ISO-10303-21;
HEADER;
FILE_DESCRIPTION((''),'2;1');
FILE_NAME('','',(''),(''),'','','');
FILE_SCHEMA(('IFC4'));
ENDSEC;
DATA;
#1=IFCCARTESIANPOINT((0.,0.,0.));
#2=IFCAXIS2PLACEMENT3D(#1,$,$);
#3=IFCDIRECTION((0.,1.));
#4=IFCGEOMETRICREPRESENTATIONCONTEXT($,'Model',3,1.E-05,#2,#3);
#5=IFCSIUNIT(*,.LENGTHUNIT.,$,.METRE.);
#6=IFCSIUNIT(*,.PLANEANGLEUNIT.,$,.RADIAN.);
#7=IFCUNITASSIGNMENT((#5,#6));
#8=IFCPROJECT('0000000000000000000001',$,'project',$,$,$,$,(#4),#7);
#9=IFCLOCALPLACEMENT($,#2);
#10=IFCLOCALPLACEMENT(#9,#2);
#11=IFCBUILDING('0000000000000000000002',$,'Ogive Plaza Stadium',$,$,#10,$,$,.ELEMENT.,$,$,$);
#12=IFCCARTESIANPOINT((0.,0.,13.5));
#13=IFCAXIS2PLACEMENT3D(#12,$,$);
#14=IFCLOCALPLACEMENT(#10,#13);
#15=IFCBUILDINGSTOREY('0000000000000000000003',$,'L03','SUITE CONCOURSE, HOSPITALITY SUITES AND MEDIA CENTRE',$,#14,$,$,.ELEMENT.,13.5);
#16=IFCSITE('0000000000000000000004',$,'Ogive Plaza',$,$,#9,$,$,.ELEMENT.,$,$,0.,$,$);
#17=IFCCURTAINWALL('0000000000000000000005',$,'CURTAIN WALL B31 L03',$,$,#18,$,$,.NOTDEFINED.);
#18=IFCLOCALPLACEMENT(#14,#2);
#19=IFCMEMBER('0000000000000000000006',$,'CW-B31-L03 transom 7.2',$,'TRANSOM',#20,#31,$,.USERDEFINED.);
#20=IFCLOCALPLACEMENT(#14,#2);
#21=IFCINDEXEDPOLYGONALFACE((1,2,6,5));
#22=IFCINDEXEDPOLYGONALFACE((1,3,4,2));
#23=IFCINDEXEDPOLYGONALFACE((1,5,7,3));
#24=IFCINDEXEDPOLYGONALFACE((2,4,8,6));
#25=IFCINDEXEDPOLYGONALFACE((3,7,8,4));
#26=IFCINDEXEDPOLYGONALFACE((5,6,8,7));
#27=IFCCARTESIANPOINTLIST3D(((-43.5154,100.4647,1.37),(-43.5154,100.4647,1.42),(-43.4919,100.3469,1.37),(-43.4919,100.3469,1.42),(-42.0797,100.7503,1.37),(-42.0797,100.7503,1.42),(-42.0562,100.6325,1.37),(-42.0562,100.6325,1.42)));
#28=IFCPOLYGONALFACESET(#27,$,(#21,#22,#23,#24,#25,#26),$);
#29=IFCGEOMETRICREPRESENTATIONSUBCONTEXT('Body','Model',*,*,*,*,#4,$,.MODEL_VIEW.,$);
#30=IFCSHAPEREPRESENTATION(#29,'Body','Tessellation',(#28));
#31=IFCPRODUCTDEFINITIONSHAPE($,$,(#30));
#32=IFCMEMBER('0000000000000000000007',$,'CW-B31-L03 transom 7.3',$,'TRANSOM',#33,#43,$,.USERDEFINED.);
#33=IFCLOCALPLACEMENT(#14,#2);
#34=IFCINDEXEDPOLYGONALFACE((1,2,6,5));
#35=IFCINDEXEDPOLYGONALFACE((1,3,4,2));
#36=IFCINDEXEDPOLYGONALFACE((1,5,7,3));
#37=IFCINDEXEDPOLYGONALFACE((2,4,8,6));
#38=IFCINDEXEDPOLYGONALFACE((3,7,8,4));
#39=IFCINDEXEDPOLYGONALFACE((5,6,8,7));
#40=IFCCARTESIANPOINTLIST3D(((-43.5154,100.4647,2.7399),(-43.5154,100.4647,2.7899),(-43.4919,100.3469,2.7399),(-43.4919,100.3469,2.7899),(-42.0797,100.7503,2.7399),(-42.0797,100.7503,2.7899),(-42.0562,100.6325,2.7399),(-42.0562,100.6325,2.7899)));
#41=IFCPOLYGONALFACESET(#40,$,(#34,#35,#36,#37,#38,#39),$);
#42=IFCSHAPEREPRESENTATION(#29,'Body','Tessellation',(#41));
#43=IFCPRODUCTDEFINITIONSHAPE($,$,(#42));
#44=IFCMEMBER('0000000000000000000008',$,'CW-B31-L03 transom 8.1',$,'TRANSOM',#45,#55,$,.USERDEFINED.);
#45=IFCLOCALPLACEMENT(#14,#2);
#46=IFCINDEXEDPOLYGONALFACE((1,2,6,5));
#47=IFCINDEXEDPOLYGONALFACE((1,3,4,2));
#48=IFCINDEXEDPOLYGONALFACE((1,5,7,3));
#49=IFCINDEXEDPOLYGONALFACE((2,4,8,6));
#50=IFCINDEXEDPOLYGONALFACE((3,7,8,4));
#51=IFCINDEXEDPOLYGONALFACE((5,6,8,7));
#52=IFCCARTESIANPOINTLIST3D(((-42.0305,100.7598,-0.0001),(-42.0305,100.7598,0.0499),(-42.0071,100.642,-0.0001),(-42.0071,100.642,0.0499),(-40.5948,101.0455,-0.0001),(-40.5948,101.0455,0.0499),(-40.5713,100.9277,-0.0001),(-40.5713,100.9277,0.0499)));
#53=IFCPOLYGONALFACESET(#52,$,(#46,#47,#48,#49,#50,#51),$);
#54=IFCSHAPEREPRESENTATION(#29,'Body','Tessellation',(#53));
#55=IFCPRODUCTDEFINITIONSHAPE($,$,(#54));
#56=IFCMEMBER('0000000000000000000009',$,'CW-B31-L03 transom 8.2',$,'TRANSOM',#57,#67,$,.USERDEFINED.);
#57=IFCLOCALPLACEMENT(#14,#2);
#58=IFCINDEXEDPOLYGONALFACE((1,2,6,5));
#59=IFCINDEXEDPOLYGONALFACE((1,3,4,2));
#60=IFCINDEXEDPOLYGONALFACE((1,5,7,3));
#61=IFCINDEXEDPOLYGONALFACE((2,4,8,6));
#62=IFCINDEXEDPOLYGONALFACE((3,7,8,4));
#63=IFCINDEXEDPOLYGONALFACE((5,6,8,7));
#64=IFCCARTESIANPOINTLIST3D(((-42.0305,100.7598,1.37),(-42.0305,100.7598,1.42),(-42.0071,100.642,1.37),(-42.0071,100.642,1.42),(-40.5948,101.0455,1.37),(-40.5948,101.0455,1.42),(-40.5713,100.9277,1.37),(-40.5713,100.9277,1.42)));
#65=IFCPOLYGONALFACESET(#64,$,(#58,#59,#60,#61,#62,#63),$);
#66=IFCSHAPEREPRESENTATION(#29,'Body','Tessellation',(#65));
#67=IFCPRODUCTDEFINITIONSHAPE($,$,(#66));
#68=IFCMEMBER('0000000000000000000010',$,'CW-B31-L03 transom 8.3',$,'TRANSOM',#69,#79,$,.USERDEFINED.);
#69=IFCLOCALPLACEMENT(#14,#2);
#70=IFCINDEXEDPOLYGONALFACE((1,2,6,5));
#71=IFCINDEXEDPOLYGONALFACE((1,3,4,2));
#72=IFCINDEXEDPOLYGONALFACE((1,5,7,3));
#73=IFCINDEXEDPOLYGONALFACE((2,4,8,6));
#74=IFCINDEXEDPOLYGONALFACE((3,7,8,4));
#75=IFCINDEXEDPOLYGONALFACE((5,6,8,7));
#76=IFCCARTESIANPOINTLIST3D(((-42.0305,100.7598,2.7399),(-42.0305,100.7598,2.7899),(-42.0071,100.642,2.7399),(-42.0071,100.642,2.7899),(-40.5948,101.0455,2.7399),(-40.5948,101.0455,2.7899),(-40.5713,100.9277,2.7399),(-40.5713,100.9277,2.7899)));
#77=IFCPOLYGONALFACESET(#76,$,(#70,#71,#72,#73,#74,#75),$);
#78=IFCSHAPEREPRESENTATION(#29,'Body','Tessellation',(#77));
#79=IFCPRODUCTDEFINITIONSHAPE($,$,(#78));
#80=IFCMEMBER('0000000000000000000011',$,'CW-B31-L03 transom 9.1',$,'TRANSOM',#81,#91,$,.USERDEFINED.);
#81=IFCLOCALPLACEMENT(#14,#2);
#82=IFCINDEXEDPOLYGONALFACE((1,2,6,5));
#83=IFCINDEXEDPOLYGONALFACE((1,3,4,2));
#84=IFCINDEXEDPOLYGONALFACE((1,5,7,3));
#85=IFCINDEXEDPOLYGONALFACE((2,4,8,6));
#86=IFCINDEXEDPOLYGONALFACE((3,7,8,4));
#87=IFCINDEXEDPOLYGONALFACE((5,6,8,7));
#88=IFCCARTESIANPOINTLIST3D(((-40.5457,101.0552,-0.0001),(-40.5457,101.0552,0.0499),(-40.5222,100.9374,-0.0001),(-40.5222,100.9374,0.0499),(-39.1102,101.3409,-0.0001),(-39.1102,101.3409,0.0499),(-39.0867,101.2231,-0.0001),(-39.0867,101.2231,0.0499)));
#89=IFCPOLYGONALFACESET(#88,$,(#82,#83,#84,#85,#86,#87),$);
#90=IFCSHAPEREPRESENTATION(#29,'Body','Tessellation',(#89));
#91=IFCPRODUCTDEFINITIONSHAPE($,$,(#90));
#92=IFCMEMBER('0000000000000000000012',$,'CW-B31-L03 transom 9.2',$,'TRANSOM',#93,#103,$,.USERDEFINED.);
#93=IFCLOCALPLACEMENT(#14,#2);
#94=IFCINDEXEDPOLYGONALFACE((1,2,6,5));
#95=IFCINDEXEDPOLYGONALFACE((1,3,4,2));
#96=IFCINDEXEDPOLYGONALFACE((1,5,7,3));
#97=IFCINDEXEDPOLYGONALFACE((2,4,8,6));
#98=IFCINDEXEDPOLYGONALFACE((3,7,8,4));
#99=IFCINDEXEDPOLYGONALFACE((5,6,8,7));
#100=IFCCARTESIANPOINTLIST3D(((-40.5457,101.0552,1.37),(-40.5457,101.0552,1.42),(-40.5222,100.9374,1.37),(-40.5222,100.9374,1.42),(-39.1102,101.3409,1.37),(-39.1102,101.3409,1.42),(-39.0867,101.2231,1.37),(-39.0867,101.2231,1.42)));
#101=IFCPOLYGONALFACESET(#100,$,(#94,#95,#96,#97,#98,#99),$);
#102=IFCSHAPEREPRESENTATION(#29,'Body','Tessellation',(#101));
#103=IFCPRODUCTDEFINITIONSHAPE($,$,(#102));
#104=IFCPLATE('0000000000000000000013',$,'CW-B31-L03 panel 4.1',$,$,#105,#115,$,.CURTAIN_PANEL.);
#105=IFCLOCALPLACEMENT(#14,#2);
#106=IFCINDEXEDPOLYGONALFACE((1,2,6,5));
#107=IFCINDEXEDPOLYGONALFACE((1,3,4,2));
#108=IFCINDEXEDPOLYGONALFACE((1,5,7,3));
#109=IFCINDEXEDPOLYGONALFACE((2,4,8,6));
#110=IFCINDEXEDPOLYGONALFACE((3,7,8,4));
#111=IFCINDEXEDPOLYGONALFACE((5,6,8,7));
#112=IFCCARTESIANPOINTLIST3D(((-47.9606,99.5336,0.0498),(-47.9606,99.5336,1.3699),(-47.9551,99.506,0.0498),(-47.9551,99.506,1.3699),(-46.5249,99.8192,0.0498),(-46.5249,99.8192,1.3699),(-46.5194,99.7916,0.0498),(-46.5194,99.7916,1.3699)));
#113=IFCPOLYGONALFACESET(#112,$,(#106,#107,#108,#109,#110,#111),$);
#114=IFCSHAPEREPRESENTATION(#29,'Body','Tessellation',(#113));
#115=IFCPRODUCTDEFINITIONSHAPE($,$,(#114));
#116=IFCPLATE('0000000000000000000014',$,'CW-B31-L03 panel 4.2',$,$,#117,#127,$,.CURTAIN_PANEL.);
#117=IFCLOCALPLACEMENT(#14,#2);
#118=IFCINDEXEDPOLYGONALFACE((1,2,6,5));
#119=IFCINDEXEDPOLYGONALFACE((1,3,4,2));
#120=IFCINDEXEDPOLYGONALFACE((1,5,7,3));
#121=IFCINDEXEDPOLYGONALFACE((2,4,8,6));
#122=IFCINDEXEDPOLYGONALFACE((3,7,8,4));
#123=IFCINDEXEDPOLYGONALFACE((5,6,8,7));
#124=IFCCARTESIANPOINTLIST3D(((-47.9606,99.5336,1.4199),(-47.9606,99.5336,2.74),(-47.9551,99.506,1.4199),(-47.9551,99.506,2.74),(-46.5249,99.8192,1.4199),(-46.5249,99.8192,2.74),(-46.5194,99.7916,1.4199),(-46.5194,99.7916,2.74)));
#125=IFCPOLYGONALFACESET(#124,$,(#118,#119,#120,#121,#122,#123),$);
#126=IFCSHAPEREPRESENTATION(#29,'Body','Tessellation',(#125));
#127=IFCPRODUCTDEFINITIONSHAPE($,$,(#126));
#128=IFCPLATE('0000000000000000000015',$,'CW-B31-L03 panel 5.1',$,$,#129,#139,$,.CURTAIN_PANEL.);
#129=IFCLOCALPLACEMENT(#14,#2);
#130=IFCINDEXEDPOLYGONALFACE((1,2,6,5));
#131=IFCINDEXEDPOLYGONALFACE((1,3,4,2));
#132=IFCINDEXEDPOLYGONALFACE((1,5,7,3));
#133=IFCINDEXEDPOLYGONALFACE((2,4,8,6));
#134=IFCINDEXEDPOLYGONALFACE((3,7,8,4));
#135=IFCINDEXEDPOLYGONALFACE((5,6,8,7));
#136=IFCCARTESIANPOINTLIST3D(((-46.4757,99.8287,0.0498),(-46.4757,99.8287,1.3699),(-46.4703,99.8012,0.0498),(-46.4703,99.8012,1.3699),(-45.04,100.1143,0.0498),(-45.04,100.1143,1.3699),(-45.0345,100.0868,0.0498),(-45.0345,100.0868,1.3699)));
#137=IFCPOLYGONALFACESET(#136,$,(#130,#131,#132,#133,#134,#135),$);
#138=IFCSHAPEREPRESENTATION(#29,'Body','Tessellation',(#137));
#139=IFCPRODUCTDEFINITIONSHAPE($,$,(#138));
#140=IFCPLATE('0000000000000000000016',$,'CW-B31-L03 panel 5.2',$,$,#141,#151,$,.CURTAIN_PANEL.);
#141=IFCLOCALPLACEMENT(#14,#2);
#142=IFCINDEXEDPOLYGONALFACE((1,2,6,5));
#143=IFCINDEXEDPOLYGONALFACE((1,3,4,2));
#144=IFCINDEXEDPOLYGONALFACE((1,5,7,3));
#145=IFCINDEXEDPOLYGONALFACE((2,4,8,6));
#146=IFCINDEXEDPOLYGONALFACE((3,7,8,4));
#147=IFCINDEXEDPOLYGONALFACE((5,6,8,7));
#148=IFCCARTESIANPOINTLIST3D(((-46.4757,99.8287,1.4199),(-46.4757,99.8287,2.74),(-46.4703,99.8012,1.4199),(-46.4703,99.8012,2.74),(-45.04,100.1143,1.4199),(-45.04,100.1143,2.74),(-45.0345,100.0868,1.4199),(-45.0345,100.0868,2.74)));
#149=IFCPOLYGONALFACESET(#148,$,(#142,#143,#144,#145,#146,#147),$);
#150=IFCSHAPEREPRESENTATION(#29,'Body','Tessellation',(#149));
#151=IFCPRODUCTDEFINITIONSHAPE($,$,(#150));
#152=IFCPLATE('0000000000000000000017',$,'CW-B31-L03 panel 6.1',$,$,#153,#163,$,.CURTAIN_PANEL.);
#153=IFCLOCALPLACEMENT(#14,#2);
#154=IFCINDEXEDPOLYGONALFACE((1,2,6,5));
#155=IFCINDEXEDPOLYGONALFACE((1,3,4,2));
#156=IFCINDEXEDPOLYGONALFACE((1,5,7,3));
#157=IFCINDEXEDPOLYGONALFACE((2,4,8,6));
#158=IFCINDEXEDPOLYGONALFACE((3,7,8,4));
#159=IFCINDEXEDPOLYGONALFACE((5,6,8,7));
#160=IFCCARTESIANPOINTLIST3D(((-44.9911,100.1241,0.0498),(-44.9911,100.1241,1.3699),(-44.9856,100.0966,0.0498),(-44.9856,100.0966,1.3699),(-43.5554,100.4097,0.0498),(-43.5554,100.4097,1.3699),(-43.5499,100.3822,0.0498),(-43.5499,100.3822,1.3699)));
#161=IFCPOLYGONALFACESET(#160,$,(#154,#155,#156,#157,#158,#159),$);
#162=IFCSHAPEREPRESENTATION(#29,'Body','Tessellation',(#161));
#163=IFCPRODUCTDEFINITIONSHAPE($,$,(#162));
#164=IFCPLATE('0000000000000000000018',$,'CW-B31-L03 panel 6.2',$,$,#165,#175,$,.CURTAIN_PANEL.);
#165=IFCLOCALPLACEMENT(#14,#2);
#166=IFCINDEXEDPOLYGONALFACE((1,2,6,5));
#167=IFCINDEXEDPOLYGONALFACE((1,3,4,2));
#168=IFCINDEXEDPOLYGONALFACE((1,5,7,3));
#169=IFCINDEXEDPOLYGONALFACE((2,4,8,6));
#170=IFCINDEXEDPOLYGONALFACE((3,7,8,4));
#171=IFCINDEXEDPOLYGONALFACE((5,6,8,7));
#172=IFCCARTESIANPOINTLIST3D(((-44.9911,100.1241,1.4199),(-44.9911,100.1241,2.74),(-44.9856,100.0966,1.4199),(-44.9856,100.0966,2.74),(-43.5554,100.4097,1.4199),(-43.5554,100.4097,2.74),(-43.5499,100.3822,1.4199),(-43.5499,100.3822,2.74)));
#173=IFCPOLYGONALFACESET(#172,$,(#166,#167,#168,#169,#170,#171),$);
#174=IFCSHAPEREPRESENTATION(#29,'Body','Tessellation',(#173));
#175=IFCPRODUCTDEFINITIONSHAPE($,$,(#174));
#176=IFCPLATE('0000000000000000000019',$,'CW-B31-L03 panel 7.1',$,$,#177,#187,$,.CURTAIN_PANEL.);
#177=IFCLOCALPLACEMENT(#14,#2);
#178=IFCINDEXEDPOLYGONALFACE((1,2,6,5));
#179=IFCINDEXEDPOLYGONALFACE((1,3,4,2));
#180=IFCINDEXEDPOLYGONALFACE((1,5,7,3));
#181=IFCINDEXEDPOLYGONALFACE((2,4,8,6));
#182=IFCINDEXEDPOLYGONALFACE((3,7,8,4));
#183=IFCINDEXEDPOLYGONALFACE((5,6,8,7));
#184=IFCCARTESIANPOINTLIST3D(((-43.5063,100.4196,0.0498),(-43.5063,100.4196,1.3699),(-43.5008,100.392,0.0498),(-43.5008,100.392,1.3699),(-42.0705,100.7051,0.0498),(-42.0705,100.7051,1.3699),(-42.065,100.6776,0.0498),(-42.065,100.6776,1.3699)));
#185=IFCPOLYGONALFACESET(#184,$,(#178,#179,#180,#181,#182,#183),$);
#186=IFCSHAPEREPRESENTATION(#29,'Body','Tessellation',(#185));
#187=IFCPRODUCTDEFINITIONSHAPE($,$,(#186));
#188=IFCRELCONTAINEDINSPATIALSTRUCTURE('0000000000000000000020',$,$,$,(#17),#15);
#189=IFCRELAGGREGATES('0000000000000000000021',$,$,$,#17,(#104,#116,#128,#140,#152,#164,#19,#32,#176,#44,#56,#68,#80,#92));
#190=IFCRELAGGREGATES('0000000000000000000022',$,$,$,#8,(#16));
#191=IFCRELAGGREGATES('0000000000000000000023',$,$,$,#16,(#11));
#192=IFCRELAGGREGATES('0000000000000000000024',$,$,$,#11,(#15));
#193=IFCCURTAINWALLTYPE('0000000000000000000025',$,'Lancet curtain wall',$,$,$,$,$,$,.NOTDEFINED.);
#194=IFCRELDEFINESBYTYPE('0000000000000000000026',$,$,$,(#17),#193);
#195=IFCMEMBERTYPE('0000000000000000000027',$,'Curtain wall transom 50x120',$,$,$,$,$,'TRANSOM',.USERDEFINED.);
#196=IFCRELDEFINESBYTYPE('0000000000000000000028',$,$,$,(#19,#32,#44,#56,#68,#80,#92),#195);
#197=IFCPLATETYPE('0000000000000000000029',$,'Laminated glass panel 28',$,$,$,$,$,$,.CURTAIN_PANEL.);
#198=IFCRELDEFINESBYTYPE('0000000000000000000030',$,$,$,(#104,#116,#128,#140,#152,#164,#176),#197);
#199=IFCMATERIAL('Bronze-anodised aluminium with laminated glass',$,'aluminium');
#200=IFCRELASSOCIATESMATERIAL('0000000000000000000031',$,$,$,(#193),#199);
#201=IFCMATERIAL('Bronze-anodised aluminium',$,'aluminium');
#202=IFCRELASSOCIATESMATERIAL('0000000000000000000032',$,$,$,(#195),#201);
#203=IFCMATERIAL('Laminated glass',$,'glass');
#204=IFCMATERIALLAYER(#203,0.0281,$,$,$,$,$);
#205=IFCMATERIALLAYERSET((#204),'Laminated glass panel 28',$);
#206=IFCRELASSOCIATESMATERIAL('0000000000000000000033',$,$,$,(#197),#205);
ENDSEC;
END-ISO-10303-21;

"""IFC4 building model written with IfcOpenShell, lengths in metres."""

from ifc_helpers import new_model, si_unit, direction, frame, origin, origin_2d, place, context, subcontext, project, spatial, rectangle, extrude, material, layer, layer_set, material_profile, profile_set, type_object, element, aggregate, save


model = new_model("IFC4")

# Units and contexts
model_context = context("Model", 3, precision=1e-05, world=origin(), true_north=direction((0.0, 1.0)))
body_context = subcontext(model_context, "Body", "Model", "MODEL_VIEW")
ifc_project = project(units=[si_unit("LENGTHUNIT", "METRE"), si_unit("PLANEANGLEUNIT", "RADIAN")], contexts=[model_context])

# Site, building, storey
site_placement = place(None, origin())
site = spatial("IfcSite", under=ifc_project, at=site_placement, Name="Ogive Plaza", CompositionType="ELEMENT", RefElevation=0.0)
building_placement = place(site_placement, origin())
building = spatial("IfcBuilding", under=site, at=building_placement, Name="Ogive Plaza Stadium", CompositionType="ELEMENT")
storey_placement = place(building_placement, frame((0.0, 0.0, 13.5)))
storey = spatial("IfcBuildingStorey", under=building, at=storey_placement, Name="L03", Description="SUITE CONCOURSE, HOSPITALITY SUITES AND MEDIA CENTRE", CompositionType="ELEMENT", Elevation=13.5)

# Curtain wall, members, plates
ifc_material_1 = material(Name="Bronze-anodised aluminium with laminated glass", Category="aluminium")
curtain_wall_type = type_object("IfcCurtainWallType", Name="Lancet curtain wall", PredefinedType="NOTDEFINED", material=ifc_material_1)
curtain_wall_placement = place(storey_placement, origin())
curtain_wall = element("IfcCurtainWall", 1, at=curtain_wall_placement, inside=storey, type_object=curtain_wall_type, Name="CURTAIN WALL B31 L03", PredefinedType="NOTDEFINED")
ifc_material_2 = material(Name="Bronze-anodised aluminium", Category="aluminium")
ifc_material_profile_1 = material_profile(ifc_material_2, rectangle(XDim=0.1201, YDim=0.05, at=origin_2d()), Name="AL 120x50")
ifc_profile_set_1 = profile_set([ifc_material_profile_1], Name="Bronze-anodised aluminium")
member_type_1 = type_object("IfcMemberType", Name="Curtain wall transom 50x120", ElementType="TRANSOM", PredefinedType="USERDEFINED", material=ifc_profile_set_1)
member_1_placement = place(storey_placement, frame((-43.5037, 100.4058, 1.395), z_axis=(0.980779, 0.195122, 0.0), x_axis=(-0.195122, 0.980779, 0.0)))
member_1 = element("IfcMember", 2, at=member_1_placement, type_object=member_type_1, Name="CW-B31-L03 transom 7.2", ObjectType="TRANSOM", PredefinedType="USERDEFINED", context=body_context, shape_type="SweptSolid", body=[
    extrude(rectangle(XDim=0.1201, YDim=0.05, at=origin_2d()), origin(), (0.0, 0.0, 1.0), 1.4639),
])
member_2_placement = place(storey_placement, frame((-43.5037, 100.4058, 2.7649), z_axis=(0.980779, 0.195122, 0.0), x_axis=(-0.195122, 0.980779, 0.0)))
member_2 = element("IfcMember", 3, at=member_2_placement, type_object=member_type_1, Name="CW-B31-L03 transom 7.3", ObjectType="TRANSOM", PredefinedType="USERDEFINED", context=body_context, shape_type="SweptSolid", body=[
    extrude(rectangle(XDim=0.1201, YDim=0.05, at=origin_2d()), origin(), (0.0, 0.0, 1.0), 1.4639),
])
member_3_placement = place(storey_placement, frame((-42.0188, 100.7009, 0.0249), z_axis=(0.980779, 0.195122, 0.0), x_axis=(-0.195122, 0.980779, 0.0)))
member_3 = element("IfcMember", 4, at=member_3_placement, type_object=member_type_1, Name="CW-B31-L03 transom 8.1", ObjectType="TRANSOM", PredefinedType="USERDEFINED", context=body_context, shape_type="SweptSolid", body=[
    extrude(rectangle(XDim=0.1201, YDim=0.05, at=origin_2d()), origin(), (0.0, 0.0, 1.0), 1.4639),
])
member_4_placement = place(storey_placement, frame((-42.0188, 100.7009, 1.395), z_axis=(0.980779, 0.195122, 0.0), x_axis=(-0.195122, 0.980779, 0.0)))
member_4 = element("IfcMember", 5, at=member_4_placement, type_object=member_type_1, Name="CW-B31-L03 transom 8.2", ObjectType="TRANSOM", PredefinedType="USERDEFINED", context=body_context, shape_type="SweptSolid", body=[
    extrude(rectangle(XDim=0.1201, YDim=0.05, at=origin_2d()), origin(), (0.0, 0.0, 1.0), 1.4639),
])
member_5_placement = place(storey_placement, frame((-42.0188, 100.7009, 2.7649), z_axis=(0.980779, 0.195122, 0.0), x_axis=(-0.195122, 0.980779, 0.0)))
member_5 = element("IfcMember", 6, at=member_5_placement, type_object=member_type_1, Name="CW-B31-L03 transom 8.3", ObjectType="TRANSOM", PredefinedType="USERDEFINED", context=body_context, shape_type="SweptSolid", body=[
    extrude(rectangle(XDim=0.1201, YDim=0.05, at=origin_2d()), origin(), (0.0, 0.0, 1.0), 1.4639),
])
member_6_placement = place(storey_placement, frame((-40.5339, 100.9963, 0.0249), z_axis=(0.980773, 0.195154, 0.0), x_axis=(-0.195154, 0.980773, 0.0)))
member_6 = element("IfcMember", 7, at=member_6_placement, type_object=member_type_1, Name="CW-B31-L03 transom 9.1", ObjectType="TRANSOM", PredefinedType="USERDEFINED", context=body_context, shape_type="SweptSolid", body=[
    extrude(rectangle(XDim=0.1201, YDim=0.05, at=origin_2d()), origin(), (0.0, 0.0, 1.0), 1.4636),
])
member_7_placement = place(storey_placement, frame((-40.5339, 100.9963, 1.395), z_axis=(0.980773, 0.195154, 0.0), x_axis=(-0.195154, 0.980773, 0.0)))
member_7 = element("IfcMember", 8, at=member_7_placement, type_object=member_type_1, Name="CW-B31-L03 transom 9.2", ObjectType="TRANSOM", PredefinedType="USERDEFINED", context=body_context, shape_type="SweptSolid", body=[
    extrude(rectangle(XDim=0.1201, YDim=0.05, at=origin_2d()), origin(), (0.0, 0.0, 1.0), 1.4636),
])
ifc_material_3 = material(Name="Laminated glass", Category="glass")
ifc_layer_1 = layer(ifc_material_3, 0.0281)
ifc_layer_set_1 = layer_set([ifc_layer_1], Name="Laminated glass panel 28")
plate_type = type_object("IfcPlateType", Name="Laminated glass panel 28", PredefinedType="CURTAIN_PANEL", material=ifc_layer_set_1)
plate_1_placement = place(storey_placement, frame((-47.24, 99.6626, 0.0498), z_axis=(0.0, 0.0, 1.0), x_axis=(0.980785, 0.19509, 0.0)))
plate_1 = element("IfcPlate", 9, at=plate_1_placement, type_object=plate_type, Name="CW-B31-L03 panel 4.1", PredefinedType="CURTAIN_PANEL", context=body_context, shape_type="SweptSolid", body=[
    extrude(rectangle(XDim=1.4639, YDim=0.0281, at=origin_2d()), origin(), (0.0, 0.0, 1.0), 1.3201),
])
plate_2_placement = place(storey_placement, frame((-47.24, 99.6626, 1.4199), z_axis=(0.0, 0.0, 1.0), x_axis=(0.980785, 0.19509, 0.0)))
plate_2 = element("IfcPlate", 10, at=plate_2_placement, type_object=plate_type, Name="CW-B31-L03 panel 4.2", PredefinedType="CURTAIN_PANEL", context=body_context, shape_type="SweptSolid", body=[
    extrude(rectangle(XDim=1.4639, YDim=0.0281, at=origin_2d()), origin(), (0.0, 0.0, 1.0), 1.3201),
])
plate_3_placement = place(storey_placement, frame((-45.7551, 99.9578, 0.0498), z_axis=(0.0, 0.0, 1.0), x_axis=(0.980785, 0.19509, 0.0)))
plate_3 = element("IfcPlate", 11, at=plate_3_placement, type_object=plate_type, Name="CW-B31-L03 panel 5.1", PredefinedType="CURTAIN_PANEL", context=body_context, shape_type="SweptSolid", body=[
    extrude(rectangle(XDim=1.4639, YDim=0.0281, at=origin_2d()), origin(), (0.0, 0.0, 1.0), 1.3201),
])
plate_4_placement = place(storey_placement, frame((-45.7551, 99.9578, 1.4199), z_axis=(0.0, 0.0, 1.0), x_axis=(0.980785, 0.19509, 0.0)))
plate_4 = element("IfcPlate", 12, at=plate_4_placement, type_object=plate_type, Name="CW-B31-L03 panel 5.2", PredefinedType="CURTAIN_PANEL", context=body_context, shape_type="SweptSolid", body=[
    extrude(rectangle(XDim=1.4639, YDim=0.0281, at=origin_2d()), origin(), (0.0, 0.0, 1.0), 1.3201),
])
plate_5_placement = place(storey_placement, frame((-44.2705, 100.2532, 0.0498), z_axis=(0.0, 0.0, 1.0), x_axis=(0.980785, 0.19509, 0.0)))
plate_5 = element("IfcPlate", 13, at=plate_5_placement, type_object=plate_type, Name="CW-B31-L03 panel 6.1", PredefinedType="CURTAIN_PANEL", context=body_context, shape_type="SweptSolid", body=[
    extrude(rectangle(XDim=1.4639, YDim=0.0281, at=origin_2d()), origin(), (0.0, 0.0, 1.0), 1.3201),
])
plate_6_placement = place(storey_placement, frame((-44.2705, 100.2532, 1.4199), z_axis=(0.0, 0.0, 1.0), x_axis=(0.980785, 0.19509, 0.0)))
plate_6 = element("IfcPlate", 14, at=plate_6_placement, type_object=plate_type, Name="CW-B31-L03 panel 6.2", PredefinedType="CURTAIN_PANEL", context=body_context, shape_type="SweptSolid", body=[
    extrude(rectangle(XDim=1.4639, YDim=0.0281, at=origin_2d()), origin(), (0.0, 0.0, 1.0), 1.3201),
])
plate_7_placement = place(storey_placement, frame((-42.7856, 100.5486, 0.0498), z_axis=(0.0, 0.0, 1.0), x_axis=(0.980785, 0.19509, 0.0)))
plate_7 = element("IfcPlate", 15, at=plate_7_placement, type_object=plate_type, Name="CW-B31-L03 panel 7.1", PredefinedType="CURTAIN_PANEL", context=body_context, shape_type="SweptSolid", body=[
    extrude(rectangle(XDim=1.4639, YDim=0.0281, at=origin_2d()), origin(), (0.0, 0.0, 1.0), 1.3201),
])
aggregate(curtain_wall, [plate_1, plate_2, plate_3, plate_4, plate_5, plate_6, member_1, member_2, plate_7, member_3, member_4, member_5, member_6, member_7])

save(model, "model.ifc")
